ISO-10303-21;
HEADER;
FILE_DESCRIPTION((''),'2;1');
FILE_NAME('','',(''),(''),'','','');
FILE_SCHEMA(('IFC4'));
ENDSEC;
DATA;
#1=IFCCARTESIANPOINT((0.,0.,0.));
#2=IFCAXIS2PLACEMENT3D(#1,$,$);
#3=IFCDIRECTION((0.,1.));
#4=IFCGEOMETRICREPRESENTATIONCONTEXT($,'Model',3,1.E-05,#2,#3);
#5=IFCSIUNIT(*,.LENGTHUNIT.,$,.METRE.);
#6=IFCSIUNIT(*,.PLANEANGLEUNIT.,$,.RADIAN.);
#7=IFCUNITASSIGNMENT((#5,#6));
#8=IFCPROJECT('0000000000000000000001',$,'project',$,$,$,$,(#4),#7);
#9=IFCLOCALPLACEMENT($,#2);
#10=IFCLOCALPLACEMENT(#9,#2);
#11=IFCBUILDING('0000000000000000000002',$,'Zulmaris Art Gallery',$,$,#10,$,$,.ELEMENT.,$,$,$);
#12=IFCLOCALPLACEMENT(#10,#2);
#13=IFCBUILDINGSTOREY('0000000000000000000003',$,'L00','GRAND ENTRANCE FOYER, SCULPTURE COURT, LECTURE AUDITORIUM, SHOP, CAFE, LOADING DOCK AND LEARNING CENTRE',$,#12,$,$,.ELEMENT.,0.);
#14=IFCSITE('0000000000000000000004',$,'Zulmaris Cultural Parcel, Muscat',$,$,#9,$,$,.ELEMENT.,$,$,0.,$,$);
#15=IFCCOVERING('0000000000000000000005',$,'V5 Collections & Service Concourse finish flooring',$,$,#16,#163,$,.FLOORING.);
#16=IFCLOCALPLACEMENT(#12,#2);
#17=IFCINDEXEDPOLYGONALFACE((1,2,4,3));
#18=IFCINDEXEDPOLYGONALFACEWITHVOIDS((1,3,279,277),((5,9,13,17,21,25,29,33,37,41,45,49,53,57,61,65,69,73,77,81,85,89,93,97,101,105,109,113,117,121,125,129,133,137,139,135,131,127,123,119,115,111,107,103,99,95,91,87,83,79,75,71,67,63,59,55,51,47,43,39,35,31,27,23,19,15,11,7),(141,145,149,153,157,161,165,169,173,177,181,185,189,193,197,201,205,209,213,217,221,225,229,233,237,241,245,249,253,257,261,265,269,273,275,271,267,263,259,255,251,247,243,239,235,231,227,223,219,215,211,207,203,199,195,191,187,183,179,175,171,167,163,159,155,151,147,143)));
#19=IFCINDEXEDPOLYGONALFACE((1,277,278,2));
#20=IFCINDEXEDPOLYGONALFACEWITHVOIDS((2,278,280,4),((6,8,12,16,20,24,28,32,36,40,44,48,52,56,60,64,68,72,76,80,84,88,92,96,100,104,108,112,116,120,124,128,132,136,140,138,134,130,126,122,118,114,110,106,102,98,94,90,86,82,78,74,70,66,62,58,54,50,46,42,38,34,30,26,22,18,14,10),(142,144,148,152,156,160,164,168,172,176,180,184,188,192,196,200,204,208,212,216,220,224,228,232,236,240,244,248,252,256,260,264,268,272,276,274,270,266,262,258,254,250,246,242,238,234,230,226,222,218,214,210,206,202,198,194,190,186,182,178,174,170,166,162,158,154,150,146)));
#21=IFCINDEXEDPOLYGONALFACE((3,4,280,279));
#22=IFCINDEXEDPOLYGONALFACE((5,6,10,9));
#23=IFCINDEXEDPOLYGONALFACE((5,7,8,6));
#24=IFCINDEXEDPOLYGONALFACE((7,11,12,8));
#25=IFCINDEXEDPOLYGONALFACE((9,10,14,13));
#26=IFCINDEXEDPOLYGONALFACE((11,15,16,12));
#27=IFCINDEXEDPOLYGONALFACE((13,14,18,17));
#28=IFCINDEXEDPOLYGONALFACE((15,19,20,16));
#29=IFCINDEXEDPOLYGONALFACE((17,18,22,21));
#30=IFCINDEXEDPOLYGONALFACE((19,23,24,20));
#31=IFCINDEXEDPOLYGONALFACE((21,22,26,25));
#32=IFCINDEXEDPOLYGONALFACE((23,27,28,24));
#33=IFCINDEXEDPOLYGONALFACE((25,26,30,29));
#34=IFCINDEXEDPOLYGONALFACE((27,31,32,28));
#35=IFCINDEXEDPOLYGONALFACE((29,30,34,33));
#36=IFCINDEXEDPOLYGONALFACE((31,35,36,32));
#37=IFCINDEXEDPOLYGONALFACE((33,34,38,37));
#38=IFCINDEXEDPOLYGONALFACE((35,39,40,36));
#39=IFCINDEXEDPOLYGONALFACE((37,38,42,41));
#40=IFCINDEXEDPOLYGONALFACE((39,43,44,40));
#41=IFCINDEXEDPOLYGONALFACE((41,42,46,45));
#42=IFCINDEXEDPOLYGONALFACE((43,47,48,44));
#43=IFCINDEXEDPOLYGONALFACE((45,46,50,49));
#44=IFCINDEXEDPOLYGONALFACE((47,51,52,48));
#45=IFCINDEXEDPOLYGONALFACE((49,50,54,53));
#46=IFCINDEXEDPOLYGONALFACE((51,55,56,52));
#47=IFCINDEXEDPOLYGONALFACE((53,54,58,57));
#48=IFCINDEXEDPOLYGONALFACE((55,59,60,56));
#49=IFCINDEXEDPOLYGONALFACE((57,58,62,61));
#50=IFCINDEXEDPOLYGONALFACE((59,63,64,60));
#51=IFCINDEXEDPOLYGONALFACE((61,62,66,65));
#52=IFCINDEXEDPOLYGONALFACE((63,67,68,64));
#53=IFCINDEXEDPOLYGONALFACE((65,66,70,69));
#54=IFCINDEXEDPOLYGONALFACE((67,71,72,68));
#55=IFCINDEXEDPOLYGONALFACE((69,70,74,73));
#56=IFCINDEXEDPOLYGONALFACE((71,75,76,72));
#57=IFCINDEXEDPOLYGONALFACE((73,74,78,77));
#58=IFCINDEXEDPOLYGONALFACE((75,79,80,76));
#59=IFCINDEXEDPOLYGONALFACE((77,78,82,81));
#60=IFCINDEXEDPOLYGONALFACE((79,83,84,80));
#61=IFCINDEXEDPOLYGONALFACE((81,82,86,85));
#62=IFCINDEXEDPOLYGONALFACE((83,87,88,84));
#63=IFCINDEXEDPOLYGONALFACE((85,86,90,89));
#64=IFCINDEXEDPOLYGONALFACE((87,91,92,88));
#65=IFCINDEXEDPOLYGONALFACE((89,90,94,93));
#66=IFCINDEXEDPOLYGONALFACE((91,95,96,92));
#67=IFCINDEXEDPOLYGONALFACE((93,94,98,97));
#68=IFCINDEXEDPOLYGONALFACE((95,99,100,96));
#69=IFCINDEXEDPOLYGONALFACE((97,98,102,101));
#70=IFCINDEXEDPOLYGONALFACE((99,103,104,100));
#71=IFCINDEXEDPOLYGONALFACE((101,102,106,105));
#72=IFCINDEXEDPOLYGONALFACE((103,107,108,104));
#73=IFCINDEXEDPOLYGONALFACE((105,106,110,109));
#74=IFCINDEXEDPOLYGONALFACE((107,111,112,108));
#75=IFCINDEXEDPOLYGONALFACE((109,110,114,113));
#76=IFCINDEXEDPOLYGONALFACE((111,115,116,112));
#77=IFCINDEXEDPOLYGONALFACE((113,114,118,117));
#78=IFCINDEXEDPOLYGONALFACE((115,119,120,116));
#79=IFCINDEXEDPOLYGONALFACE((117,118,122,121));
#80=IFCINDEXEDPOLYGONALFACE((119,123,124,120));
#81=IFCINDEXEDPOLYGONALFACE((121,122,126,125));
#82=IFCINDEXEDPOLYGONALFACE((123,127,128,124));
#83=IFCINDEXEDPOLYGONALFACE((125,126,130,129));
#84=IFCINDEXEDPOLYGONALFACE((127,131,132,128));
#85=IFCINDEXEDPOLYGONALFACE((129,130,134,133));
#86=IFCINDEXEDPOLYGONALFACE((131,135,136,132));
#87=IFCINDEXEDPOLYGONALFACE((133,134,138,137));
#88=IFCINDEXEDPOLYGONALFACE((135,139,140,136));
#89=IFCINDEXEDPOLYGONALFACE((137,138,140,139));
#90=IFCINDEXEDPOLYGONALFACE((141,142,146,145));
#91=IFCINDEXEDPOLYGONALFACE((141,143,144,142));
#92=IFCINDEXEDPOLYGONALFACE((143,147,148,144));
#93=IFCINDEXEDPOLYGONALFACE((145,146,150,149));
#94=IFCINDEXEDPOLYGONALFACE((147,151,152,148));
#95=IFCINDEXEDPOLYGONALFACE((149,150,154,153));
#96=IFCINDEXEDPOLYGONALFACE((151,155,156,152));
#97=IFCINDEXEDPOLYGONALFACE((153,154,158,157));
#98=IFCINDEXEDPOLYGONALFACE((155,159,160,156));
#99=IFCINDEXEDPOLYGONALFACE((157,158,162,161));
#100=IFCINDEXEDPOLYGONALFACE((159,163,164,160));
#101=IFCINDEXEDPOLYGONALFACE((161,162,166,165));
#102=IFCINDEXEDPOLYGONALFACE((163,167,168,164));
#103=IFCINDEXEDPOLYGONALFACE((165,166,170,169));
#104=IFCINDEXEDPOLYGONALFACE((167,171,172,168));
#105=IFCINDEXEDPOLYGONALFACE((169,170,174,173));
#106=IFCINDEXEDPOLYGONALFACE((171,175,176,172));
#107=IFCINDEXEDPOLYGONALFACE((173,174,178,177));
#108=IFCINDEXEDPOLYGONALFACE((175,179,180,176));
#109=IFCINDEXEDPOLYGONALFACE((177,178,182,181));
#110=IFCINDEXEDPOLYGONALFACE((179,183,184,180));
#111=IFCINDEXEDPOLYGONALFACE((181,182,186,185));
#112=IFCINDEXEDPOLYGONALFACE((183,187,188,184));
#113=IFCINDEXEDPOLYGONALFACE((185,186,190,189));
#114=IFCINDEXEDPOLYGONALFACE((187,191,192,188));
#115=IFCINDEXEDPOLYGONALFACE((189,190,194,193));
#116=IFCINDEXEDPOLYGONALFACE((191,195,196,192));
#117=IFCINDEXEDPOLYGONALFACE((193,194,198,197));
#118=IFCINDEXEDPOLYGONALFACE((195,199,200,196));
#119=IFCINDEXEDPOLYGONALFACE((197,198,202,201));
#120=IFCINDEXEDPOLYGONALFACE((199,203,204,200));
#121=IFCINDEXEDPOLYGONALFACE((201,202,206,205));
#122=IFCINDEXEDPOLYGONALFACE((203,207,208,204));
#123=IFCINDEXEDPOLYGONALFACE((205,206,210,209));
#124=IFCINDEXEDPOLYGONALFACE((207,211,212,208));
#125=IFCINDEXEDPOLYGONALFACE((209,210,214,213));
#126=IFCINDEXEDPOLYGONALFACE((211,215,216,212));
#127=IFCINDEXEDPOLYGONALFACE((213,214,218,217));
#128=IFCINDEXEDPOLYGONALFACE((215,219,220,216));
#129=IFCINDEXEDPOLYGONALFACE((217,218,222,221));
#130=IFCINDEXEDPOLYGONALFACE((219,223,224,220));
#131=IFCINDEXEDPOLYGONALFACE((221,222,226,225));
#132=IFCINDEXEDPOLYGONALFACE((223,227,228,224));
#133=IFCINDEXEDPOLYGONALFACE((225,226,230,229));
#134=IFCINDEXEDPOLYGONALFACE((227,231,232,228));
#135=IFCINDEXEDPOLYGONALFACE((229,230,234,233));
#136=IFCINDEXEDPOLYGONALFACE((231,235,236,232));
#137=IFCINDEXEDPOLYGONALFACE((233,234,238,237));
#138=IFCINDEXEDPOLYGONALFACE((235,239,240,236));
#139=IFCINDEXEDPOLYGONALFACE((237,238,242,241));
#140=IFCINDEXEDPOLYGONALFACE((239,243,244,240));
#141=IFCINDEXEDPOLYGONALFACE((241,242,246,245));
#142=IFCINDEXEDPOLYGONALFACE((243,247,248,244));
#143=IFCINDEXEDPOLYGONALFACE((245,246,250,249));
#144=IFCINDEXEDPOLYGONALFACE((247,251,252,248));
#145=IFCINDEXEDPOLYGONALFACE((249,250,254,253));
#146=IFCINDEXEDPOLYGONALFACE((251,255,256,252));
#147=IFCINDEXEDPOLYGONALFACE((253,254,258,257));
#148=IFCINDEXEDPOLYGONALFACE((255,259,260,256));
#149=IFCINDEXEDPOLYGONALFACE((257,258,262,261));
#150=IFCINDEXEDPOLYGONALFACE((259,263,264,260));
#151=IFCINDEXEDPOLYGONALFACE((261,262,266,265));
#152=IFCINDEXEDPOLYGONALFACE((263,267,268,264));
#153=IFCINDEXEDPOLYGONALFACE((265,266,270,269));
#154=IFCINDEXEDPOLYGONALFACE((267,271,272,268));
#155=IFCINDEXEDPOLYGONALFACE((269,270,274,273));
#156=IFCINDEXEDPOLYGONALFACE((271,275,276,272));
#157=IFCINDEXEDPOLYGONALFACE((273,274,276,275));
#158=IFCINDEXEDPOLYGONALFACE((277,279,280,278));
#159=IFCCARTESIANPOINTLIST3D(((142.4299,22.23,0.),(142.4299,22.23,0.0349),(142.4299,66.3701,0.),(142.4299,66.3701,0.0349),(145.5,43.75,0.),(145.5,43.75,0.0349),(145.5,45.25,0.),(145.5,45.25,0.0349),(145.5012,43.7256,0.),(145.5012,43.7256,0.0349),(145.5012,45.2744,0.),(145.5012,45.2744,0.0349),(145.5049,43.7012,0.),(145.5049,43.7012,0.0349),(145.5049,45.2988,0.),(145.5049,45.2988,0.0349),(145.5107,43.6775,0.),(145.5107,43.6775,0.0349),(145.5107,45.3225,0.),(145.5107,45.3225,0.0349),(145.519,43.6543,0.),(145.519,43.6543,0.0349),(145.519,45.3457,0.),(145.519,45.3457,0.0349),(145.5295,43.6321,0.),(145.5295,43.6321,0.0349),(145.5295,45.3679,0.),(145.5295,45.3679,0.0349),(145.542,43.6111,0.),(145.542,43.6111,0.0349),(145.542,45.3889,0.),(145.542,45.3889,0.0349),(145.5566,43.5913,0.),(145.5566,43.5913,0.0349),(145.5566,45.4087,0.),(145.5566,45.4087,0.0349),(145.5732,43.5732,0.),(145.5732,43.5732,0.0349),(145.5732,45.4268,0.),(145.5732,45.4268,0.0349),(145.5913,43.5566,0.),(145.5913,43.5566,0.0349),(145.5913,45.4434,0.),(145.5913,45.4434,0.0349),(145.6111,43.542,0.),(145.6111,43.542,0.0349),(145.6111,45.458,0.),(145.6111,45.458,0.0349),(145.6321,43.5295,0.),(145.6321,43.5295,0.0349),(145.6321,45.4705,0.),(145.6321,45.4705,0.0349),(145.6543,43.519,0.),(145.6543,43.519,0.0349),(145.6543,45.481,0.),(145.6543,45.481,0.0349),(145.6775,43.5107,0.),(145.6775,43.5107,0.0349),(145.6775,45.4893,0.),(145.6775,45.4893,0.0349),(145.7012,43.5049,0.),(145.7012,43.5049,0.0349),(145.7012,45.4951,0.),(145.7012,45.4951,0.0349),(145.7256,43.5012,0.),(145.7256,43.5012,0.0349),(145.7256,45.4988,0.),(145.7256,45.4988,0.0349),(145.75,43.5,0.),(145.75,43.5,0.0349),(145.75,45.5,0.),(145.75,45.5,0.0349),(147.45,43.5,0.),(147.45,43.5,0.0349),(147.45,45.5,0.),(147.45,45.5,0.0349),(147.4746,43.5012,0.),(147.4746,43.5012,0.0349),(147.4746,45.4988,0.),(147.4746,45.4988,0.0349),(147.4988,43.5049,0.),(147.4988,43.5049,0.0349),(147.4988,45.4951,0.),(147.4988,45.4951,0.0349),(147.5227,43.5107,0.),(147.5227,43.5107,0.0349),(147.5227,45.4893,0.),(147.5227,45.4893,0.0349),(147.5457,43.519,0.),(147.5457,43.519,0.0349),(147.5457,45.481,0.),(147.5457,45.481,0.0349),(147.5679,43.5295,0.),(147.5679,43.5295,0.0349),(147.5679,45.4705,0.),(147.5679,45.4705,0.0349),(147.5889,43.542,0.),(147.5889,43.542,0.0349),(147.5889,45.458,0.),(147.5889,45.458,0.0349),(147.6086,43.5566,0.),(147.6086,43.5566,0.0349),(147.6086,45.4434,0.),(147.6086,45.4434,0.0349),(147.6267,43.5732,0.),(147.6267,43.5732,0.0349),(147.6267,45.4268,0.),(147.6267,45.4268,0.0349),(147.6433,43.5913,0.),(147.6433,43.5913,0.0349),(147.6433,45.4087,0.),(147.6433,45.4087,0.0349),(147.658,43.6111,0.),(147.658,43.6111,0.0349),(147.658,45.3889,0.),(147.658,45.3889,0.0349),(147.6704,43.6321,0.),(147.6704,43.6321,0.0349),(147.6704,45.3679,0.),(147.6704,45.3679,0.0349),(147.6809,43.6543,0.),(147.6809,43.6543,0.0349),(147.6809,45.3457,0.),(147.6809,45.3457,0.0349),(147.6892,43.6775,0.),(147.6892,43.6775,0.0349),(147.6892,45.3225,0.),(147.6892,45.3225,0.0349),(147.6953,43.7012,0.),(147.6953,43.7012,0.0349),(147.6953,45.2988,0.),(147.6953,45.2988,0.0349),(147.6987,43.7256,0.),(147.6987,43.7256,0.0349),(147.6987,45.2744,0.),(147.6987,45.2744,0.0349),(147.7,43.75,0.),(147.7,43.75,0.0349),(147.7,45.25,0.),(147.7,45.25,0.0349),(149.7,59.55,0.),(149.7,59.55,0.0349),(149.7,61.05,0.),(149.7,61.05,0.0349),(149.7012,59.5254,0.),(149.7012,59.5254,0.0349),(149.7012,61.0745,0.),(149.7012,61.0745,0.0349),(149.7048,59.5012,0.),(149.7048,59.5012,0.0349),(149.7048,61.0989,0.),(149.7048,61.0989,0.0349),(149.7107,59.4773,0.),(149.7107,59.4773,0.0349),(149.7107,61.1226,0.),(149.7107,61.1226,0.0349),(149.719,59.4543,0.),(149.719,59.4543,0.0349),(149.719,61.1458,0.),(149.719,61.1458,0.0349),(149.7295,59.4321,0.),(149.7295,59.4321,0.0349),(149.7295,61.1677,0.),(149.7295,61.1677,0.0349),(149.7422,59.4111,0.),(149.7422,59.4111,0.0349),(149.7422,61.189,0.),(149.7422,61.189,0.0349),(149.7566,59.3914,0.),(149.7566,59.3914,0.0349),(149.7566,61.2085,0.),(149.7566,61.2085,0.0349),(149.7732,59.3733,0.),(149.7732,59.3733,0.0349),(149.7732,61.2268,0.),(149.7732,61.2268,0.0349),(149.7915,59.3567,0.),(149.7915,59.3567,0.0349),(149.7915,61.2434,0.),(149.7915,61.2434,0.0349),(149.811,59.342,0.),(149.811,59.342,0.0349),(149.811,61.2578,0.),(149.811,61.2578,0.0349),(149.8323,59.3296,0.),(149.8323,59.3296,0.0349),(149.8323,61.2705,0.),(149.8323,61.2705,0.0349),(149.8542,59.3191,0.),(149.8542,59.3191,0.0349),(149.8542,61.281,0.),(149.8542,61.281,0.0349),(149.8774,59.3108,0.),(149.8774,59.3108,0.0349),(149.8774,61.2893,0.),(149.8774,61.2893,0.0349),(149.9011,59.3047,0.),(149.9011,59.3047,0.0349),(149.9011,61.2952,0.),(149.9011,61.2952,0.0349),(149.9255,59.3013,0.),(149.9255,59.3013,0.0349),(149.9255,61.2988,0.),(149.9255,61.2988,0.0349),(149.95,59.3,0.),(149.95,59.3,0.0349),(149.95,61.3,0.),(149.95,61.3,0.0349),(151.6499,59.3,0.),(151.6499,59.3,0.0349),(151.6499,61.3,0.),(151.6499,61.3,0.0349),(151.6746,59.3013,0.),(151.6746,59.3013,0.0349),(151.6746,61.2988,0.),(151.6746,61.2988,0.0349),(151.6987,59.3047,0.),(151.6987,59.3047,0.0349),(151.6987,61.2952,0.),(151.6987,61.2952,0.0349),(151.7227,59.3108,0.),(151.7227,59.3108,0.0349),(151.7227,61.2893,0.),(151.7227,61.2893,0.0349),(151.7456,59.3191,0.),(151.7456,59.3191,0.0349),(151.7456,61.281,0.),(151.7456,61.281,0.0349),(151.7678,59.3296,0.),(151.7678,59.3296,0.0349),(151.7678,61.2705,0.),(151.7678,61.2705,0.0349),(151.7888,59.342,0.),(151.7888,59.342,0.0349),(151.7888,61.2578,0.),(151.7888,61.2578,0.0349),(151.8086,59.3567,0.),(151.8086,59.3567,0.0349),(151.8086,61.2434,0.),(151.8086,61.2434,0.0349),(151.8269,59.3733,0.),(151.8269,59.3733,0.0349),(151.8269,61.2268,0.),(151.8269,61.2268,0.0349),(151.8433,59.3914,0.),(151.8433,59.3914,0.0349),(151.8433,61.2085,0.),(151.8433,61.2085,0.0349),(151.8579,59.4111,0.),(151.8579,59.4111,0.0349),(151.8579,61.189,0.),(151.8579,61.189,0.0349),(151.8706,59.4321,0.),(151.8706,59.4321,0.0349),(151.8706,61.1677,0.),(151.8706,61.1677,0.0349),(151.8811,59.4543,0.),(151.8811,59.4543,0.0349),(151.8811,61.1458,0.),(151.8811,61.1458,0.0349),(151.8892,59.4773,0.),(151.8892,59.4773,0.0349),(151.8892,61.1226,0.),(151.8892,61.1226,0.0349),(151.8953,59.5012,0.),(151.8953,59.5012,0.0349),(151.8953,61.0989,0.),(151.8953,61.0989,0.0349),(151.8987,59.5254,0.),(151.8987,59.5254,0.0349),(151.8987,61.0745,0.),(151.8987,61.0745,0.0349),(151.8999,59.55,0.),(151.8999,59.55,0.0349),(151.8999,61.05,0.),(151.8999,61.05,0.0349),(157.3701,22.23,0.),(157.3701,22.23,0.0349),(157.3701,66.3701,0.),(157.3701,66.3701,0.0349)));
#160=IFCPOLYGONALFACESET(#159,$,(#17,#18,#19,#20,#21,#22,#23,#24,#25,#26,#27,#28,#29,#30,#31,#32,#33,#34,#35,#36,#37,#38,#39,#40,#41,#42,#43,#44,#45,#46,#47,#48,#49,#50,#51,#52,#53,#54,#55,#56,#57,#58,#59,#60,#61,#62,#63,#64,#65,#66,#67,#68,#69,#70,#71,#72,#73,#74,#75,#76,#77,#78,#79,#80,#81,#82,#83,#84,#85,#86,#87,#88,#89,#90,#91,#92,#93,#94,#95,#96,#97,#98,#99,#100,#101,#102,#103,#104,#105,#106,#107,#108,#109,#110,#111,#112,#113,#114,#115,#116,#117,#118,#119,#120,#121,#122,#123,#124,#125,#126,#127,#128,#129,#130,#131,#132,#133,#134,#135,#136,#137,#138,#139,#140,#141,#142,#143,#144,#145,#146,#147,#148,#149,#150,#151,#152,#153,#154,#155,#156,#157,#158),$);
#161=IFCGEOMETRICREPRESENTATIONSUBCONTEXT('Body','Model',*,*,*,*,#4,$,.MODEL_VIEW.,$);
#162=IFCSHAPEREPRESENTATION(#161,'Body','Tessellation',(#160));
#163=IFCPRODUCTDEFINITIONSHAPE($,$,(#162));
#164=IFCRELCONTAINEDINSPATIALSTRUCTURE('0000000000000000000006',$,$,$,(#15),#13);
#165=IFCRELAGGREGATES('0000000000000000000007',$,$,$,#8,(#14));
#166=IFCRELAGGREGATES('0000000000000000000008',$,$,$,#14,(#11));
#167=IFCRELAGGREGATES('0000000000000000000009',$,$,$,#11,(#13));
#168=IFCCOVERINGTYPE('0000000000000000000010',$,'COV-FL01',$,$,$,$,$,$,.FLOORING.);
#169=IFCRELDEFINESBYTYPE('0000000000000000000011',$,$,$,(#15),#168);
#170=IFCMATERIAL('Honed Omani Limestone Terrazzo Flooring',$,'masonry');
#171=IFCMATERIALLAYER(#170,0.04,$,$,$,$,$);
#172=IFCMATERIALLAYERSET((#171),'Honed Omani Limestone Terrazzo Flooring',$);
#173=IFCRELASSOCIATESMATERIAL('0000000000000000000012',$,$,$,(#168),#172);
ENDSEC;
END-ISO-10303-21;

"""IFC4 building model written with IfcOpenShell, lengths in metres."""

from ifc_helpers import new_model, si_unit, direction, origin, place, context, subcontext, project, spatial, polyline, outline, extrude, material, layer, layer_set, type_object, element, save


model = new_model("IFC4")

# Units and contexts
model_context = context("Model", 3, precision=1e-05, world=origin(), true_north=direction((0.0, 1.0)))
body_context = subcontext(model_context, "Body", "Model", "MODEL_VIEW")
ifc_project = project(units=[si_unit("LENGTHUNIT", "METRE"), si_unit("PLANEANGLEUNIT", "RADIAN")], contexts=[model_context])

# Site, building, storey
site_placement = place(None, origin())
site = spatial("IfcSite", under=ifc_project, at=site_placement, Name="Zulmaris Cultural Parcel, Muscat", CompositionType="ELEMENT", RefElevation=0.0)
building_placement = place(site_placement, origin())
building = spatial("IfcBuilding", under=site, at=building_placement, Name="Zulmaris Art Gallery", CompositionType="ELEMENT")
storey_placement = place(building_placement, origin())
storey = spatial("IfcBuildingStorey", under=building, at=storey_placement, Name="L00", Description="GRAND ENTRANCE FOYER, SCULPTURE COURT, LECTURE AUDITORIUM, SHOP, CAFE, LOADING DOCK AND LEARNING CENTRE", CompositionType="ELEMENT", Elevation=0.0)

# Covering
ifc_material_1 = material(Name="Honed Omani Limestone Terrazzo Flooring", Category="masonry")
ifc_layer_1 = layer(ifc_material_1, 0.04)
ifc_layer_set_1 = layer_set([ifc_layer_1], Name="Honed Omani Limestone Terrazzo Flooring")
covering_type_1 = type_object("IfcCoveringType", Name="COV-FL01", PredefinedType="FLOORING", material=ifc_layer_set_1)
covering_1_placement = place(storey_placement, origin())
element("IfcCovering", 1, at=covering_1_placement, inside=storey, type_object=covering_type_1, Name="V5 Collections & Service Concourse finish flooring", PredefinedType="FLOORING", context=body_context, shape_type="SweptSolid", body=[
    extrude(outline(polyline([(157.3701, 22.23), (142.4299, 22.23), (142.4299, 66.3701), (157.3701, 66.3701), (157.3701, 22.23)]), holes=[polyline([(149.9255, 61.2988), (149.9011, 61.2952), (149.8774, 61.2893), (149.8542, 61.281), (149.8323, 61.2705), (149.811, 61.2578), (149.7915, 61.2434), (149.7732, 61.2268), (149.7566, 61.2085), (149.7422, 61.189), (149.7295, 61.1677), (149.719, 61.1458), (149.7107, 61.1226), (149.7048, 61.0989), (149.7012, 61.0745), (149.7, 61.05), (149.7, 59.55), (149.7012, 59.5254), (149.7048, 59.5012), (149.7107, 59.4773), (149.719, 59.4543), (149.7295, 59.4321), (149.7422, 59.4111), (149.7566, 59.3914), (149.7732, 59.3733), (149.7915, 59.3567), (149.811, 59.342), (149.8323, 59.3296), (149.8542, 59.3191), (149.8774, 59.3108), (149.9011, 59.3047), (149.9255, 59.3013), (149.95, 59.3), (151.6499, 59.3), (151.6746, 59.3013), (151.6987, 59.3047), (151.7227, 59.3108), (151.7456, 59.3191), (151.7678, 59.3296), (151.7888, 59.342), (151.8086, 59.3567), (151.8269, 59.3733), (151.8433, 59.3914), (151.8579, 59.4111), (151.8706, 59.4321), (151.8811, 59.4543), (151.8892, 59.4773), (151.8953, 59.5012), (151.8987, 59.5254), (151.8999, 59.55), (151.8999, 61.05), (151.8987, 61.0745), (151.8953, 61.0989), (151.8892, 61.1226), (151.8811, 61.1458), (151.8706, 61.1677), (151.8579, 61.189), (151.8433, 61.2085), (151.8269, 61.2268), (151.8086, 61.2434), (151.7888, 61.2578), (151.7678, 61.2705), (151.7456, 61.281), (151.7227, 61.2893), (151.6987, 61.2952), (151.6746, 61.2988), (151.6499, 61.3), (149.95, 61.3), (149.9255, 61.2988)]), polyline([(145.7256, 45.4988), (145.7012, 45.4951), (145.6775, 45.4893), (145.6543, 45.481), (145.6321, 45.4705), (145.6111, 45.458), (145.5913, 45.4434), (145.5732, 45.4268), (145.5566, 45.4087), (145.542, 45.3889), (145.5295, 45.3679), (145.519, 45.3457), (145.5107, 45.3225), (145.5049, 45.2988), (145.5012, 45.2744), (145.5, 45.25), (145.5, 43.75), (145.5012, 43.7256), (145.5049, 43.7012), (145.5107, 43.6775), (145.519, 43.6543), (145.5295, 43.6321), (145.542, 43.6111), (145.5566, 43.5913), (145.5732, 43.5732), (145.5913, 43.5566), (145.6111, 43.542), (145.6321, 43.5295), (145.6543, 43.519), (145.6775, 43.5107), (145.7012, 43.5049), (145.7256, 43.5012), (145.75, 43.5), (147.45, 43.5), (147.4746, 43.5012), (147.4988, 43.5049), (147.5227, 43.5107), (147.5457, 43.519), (147.5679, 43.5295), (147.5889, 43.542), (147.6086, 43.5566), (147.6267, 43.5732), (147.6433, 43.5913), (147.658, 43.6111), (147.6704, 43.6321), (147.6809, 43.6543), (147.6892, 43.6775), (147.6953, 43.7012), (147.6987, 43.7256), (147.7, 43.75), (147.7, 45.25), (147.6987, 45.2744), (147.6953, 45.2988), (147.6892, 45.3225), (147.6809, 45.3457), (147.6704, 45.3679), (147.658, 45.3889), (147.6433, 45.4087), (147.6267, 45.4268), (147.6086, 45.4434), (147.5889, 45.458), (147.5679, 45.4705), (147.5457, 45.481), (147.5227, 45.4893), (147.4988, 45.4951), (147.4746, 45.4988), (147.45, 45.5), (145.75, 45.5), (145.7256, 45.4988)])]), origin(), (0.0, 0.0, 1.0), 0.0349),
])

save(model, "model.ifc")
